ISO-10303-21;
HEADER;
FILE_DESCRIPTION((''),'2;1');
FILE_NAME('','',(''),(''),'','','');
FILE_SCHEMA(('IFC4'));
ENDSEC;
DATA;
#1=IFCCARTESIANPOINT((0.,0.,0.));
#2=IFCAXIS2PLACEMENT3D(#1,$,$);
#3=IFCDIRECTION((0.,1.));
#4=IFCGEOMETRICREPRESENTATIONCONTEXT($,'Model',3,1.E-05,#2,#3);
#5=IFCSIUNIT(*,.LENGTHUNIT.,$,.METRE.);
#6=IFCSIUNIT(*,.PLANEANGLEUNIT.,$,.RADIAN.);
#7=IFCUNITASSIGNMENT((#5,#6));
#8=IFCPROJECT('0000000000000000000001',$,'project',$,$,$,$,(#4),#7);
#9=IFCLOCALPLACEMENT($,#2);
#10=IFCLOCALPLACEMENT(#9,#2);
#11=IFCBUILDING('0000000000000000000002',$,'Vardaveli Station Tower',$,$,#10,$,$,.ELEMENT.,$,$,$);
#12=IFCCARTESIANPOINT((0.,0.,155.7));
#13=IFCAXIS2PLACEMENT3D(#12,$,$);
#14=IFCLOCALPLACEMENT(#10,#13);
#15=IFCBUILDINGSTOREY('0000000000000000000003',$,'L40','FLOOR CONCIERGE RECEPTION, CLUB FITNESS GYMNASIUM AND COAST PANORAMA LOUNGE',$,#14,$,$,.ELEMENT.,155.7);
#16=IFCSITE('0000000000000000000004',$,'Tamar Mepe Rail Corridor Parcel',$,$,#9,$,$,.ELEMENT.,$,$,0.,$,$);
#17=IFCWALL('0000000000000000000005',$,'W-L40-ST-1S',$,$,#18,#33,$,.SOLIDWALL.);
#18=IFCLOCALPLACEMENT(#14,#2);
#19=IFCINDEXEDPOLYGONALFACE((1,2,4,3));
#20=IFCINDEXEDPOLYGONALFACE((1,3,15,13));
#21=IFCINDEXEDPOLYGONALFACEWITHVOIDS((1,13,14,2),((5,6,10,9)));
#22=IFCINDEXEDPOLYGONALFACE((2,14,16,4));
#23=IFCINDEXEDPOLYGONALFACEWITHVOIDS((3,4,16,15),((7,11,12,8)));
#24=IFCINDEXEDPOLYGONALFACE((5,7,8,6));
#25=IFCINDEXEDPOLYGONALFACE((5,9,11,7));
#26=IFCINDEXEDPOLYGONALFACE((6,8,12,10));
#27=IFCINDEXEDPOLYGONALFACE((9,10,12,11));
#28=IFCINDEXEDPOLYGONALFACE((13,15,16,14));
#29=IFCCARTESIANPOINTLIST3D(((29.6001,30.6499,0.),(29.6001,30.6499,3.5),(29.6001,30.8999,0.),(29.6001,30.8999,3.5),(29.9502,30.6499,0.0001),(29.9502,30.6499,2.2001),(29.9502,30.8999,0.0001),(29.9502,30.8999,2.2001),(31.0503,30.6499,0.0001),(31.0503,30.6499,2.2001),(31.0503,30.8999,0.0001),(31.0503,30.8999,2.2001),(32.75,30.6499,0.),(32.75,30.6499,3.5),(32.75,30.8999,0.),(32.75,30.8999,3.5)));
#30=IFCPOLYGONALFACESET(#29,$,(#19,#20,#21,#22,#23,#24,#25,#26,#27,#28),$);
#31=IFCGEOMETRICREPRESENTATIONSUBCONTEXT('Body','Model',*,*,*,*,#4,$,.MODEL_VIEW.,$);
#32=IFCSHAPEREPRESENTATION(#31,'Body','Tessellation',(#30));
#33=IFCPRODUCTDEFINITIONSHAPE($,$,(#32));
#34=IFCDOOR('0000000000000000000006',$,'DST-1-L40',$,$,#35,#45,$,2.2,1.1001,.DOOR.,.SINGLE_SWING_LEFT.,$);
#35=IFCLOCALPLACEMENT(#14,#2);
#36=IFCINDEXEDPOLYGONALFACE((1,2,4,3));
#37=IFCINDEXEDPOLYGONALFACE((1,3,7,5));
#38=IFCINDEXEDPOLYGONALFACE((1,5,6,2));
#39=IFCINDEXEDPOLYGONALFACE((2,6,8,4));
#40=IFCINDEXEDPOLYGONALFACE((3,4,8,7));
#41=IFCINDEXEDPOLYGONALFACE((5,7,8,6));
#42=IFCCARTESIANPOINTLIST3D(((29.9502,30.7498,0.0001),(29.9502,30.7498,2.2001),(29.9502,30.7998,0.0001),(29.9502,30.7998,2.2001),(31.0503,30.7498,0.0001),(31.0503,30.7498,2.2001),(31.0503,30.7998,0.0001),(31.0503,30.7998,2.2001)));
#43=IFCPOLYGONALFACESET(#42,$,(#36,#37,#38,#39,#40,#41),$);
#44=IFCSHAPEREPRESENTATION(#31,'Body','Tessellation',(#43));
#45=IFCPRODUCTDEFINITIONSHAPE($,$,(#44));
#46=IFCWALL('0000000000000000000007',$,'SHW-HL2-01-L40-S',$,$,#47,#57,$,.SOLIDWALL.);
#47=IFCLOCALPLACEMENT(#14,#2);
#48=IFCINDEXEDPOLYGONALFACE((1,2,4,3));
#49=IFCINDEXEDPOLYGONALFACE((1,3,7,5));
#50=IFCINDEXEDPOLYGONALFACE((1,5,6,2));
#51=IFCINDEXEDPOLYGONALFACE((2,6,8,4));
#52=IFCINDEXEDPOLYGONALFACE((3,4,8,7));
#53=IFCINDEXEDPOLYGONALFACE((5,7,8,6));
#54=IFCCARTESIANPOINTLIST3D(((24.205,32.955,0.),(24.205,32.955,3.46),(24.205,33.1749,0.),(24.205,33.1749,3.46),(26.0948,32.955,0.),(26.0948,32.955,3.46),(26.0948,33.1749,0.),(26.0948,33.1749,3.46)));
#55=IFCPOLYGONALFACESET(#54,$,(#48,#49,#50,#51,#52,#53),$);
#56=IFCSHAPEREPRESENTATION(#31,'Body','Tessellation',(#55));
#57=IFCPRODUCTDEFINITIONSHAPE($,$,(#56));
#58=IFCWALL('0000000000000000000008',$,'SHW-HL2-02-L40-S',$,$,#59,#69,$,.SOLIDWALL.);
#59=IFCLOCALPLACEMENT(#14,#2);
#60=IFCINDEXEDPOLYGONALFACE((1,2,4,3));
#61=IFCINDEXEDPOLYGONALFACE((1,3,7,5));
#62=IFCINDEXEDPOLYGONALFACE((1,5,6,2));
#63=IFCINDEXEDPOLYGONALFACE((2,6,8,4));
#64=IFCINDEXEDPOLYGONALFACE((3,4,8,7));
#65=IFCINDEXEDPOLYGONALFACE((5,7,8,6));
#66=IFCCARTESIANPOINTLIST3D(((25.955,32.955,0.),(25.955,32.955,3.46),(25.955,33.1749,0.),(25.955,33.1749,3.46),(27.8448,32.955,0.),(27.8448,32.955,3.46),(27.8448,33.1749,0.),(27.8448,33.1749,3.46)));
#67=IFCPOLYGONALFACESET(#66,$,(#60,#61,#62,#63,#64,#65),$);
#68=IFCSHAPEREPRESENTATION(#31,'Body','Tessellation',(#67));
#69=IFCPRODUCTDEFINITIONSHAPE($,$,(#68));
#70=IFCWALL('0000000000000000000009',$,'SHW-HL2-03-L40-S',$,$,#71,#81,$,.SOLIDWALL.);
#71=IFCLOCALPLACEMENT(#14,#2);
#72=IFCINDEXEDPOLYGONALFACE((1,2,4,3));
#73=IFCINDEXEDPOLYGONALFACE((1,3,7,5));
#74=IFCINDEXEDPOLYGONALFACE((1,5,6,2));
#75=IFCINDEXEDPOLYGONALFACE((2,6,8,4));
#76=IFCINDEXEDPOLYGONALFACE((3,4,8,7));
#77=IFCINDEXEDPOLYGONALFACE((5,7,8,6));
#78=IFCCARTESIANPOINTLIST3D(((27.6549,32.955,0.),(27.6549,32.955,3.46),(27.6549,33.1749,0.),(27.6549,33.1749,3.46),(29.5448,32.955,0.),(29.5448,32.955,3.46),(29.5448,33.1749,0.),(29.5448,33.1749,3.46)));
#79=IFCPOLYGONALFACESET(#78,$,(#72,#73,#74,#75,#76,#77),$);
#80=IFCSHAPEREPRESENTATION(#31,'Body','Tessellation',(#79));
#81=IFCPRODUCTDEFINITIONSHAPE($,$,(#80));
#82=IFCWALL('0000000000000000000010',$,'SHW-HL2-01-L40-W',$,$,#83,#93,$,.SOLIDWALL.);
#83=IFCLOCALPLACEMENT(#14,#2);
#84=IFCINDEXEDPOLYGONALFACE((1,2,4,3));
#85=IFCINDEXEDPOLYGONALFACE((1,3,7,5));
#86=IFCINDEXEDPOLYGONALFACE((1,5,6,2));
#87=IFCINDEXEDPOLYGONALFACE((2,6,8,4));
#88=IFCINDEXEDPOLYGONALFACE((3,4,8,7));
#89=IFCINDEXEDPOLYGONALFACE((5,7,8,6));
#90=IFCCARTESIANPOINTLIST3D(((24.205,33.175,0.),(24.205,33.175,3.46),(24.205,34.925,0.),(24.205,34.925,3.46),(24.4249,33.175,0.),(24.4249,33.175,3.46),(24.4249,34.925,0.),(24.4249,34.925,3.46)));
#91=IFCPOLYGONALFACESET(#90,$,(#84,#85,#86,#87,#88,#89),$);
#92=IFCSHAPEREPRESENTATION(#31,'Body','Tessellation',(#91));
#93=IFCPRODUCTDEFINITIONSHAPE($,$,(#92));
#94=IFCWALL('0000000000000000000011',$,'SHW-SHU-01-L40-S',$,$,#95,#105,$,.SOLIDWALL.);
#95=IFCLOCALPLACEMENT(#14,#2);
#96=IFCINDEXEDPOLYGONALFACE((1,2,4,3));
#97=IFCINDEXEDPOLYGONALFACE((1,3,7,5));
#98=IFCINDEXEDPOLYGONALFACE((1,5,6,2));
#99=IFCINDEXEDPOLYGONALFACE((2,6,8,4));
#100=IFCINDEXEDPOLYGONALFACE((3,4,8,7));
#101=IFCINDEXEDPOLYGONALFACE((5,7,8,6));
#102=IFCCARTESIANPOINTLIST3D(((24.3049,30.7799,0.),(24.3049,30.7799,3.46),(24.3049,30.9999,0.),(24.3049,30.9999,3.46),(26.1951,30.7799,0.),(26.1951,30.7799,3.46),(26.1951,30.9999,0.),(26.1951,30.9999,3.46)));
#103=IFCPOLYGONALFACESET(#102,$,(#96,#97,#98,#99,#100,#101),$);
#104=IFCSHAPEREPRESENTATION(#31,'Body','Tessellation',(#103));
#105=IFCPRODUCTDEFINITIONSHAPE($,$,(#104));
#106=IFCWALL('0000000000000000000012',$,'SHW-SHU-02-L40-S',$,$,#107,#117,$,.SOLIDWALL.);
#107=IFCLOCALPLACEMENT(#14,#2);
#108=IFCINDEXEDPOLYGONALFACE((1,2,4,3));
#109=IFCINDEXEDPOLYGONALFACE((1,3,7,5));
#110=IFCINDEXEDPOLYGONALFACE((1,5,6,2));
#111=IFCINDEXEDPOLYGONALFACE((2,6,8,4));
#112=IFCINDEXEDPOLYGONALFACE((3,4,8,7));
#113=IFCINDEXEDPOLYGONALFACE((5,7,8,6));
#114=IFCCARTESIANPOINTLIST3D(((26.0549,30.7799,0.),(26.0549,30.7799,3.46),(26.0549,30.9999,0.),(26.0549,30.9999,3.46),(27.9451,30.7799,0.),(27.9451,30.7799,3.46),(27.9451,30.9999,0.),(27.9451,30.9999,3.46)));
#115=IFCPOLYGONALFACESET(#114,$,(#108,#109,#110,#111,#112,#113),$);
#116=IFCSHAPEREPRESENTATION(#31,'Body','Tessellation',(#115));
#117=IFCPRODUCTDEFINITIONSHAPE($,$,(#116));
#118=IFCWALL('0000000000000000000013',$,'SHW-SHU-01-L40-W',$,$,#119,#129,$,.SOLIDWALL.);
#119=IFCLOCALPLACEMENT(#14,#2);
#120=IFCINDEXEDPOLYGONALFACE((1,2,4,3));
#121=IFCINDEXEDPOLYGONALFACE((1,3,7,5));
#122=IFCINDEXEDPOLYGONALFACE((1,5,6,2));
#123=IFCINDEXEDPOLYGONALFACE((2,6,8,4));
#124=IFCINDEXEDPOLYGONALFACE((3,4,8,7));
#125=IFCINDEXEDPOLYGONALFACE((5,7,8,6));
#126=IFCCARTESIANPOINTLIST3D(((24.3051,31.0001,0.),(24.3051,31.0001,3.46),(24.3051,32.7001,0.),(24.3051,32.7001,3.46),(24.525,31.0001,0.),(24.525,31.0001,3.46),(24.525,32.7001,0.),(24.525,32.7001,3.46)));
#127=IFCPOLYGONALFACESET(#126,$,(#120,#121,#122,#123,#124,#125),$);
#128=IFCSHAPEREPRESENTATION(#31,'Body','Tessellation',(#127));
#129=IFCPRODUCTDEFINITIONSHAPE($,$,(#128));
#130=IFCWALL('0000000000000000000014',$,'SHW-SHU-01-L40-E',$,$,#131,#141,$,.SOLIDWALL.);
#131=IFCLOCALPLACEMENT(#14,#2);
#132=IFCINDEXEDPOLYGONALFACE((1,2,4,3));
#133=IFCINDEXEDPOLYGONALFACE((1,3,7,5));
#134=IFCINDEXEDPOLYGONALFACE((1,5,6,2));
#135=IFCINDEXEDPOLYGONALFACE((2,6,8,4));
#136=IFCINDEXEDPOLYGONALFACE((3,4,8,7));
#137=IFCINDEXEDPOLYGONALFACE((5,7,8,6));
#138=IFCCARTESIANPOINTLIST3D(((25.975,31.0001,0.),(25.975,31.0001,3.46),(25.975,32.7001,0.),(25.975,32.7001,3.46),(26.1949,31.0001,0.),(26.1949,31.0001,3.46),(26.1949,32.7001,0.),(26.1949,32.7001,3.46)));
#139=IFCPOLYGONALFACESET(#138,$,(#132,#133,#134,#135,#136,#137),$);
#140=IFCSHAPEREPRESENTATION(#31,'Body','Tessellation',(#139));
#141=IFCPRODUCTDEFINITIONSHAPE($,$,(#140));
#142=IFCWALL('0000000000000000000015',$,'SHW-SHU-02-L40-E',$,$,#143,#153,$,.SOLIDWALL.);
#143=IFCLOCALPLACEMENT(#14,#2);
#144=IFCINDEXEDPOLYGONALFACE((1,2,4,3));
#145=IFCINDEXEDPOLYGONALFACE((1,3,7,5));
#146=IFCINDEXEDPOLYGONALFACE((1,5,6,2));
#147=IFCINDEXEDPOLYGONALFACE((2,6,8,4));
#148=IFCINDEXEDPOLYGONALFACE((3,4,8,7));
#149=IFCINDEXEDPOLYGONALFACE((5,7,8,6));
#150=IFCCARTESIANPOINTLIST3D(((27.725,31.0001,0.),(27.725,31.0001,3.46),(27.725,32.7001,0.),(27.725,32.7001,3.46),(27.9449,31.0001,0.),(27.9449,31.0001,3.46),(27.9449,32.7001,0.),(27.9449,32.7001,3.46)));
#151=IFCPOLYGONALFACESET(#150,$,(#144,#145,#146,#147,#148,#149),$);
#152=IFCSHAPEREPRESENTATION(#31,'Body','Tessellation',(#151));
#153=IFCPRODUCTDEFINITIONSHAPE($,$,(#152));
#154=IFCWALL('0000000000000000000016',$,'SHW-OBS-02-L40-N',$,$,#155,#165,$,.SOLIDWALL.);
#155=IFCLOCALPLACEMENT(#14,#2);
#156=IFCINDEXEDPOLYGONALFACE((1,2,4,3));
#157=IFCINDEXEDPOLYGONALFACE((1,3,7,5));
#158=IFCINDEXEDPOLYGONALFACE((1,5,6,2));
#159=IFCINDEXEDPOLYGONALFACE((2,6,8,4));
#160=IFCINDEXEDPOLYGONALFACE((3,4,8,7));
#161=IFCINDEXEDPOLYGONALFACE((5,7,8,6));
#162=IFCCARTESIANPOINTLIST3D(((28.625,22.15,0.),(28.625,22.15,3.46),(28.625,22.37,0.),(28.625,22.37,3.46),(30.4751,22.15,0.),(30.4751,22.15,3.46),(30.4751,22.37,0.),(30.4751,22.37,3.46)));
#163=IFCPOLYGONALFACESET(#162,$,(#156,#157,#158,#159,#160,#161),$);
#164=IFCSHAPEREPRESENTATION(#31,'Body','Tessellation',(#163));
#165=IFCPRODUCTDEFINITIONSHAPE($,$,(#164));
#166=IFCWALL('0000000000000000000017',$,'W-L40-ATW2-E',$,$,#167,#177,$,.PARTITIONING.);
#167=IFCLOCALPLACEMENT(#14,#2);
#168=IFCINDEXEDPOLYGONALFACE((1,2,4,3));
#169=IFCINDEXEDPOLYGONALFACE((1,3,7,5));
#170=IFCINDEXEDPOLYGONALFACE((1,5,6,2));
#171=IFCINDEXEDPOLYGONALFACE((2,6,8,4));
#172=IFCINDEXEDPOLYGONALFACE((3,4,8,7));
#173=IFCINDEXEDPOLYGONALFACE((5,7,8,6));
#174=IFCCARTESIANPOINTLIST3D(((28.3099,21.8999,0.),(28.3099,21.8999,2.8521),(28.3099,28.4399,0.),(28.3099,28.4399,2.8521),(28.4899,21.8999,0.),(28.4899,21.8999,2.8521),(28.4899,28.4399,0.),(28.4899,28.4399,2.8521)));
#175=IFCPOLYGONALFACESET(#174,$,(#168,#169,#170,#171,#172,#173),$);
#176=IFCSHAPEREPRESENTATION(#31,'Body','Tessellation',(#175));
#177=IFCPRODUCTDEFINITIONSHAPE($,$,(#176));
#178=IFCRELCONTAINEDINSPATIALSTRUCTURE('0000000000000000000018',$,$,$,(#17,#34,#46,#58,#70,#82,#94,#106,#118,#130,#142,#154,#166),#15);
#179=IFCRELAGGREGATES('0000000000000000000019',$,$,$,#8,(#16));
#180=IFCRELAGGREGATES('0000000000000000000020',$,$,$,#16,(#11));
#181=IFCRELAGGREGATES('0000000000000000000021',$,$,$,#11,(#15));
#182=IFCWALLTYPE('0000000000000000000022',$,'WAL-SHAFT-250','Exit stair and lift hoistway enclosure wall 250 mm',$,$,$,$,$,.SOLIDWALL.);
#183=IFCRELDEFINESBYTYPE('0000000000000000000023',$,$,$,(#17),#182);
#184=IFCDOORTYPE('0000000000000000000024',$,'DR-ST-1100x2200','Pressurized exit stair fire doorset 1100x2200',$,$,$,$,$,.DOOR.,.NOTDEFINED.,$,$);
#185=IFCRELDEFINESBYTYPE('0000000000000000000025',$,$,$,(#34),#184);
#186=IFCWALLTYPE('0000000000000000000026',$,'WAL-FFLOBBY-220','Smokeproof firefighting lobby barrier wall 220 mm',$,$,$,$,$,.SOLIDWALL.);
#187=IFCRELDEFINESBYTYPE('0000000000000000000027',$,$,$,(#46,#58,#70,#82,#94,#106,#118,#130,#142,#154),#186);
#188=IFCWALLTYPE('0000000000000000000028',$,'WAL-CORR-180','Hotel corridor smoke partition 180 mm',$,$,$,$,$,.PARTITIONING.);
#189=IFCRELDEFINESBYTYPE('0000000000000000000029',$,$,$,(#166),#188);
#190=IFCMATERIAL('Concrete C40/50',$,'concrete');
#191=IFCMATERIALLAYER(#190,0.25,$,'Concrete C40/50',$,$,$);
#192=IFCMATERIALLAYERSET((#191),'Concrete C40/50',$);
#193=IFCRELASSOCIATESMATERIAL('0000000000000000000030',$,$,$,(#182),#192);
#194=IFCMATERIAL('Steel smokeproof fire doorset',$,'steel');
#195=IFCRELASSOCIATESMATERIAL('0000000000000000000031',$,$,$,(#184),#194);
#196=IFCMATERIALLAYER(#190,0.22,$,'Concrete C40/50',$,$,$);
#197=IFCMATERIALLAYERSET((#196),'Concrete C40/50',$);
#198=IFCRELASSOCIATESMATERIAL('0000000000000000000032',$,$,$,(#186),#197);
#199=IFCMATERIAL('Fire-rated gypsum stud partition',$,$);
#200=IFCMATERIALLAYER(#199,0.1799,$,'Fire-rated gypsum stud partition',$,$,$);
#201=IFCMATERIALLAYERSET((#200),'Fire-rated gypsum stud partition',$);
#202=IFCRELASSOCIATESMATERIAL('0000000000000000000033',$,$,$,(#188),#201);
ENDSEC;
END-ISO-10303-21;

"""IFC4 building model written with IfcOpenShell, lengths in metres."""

from ifc_helpers import new_model, si_unit, direction, frame, frame_2d, origin, place, context, subcontext, project, spatial, rectangle, extrude, source, transform, mapped, material, layer, layer_set, type_object, element, fill, save


model = new_model("IFC4")

# Units and contexts
model_context = context("Model", 3, precision=1e-05, world=origin(), true_north=direction((0.0, 1.0)))
body_context = subcontext(model_context, "Body", "Model", "MODEL_VIEW")
ifc_project = project(units=[si_unit("LENGTHUNIT", "METRE"), si_unit("PLANEANGLEUNIT", "RADIAN")], contexts=[model_context])

# Site, building, storey
site_placement = place(None, origin())
site = spatial("IfcSite", under=ifc_project, at=site_placement, Name="Tamar Mepe Rail Corridor Parcel", CompositionType="ELEMENT", RefElevation=0.0)
building_placement = place(site_placement, origin())
building = spatial("IfcBuilding", under=site, at=building_placement, Name="Vardaveli Station Tower", CompositionType="ELEMENT")
storey_placement = place(building_placement, frame((0.0, 0.0, 155.7)))
storey = spatial("IfcBuildingStorey", under=building, at=storey_placement, Name="L40", Description="FLOOR CONCIERGE RECEPTION, CLUB FITNESS GYMNASIUM AND COAST PANORAMA LOUNGE", CompositionType="ELEMENT", Elevation=155.7)

# Shared definitions
ifc_material_1 = material(Name="Concrete C40/50", Category="concrete")
ifc_layer_1 = layer(ifc_material_1, 0.25, Name="Concrete C40/50")
ifc_layer_set_1 = layer_set([ifc_layer_1], Name="Concrete C40/50")
wall_type_1 = type_object("IfcWallType", Name="WAL-SHAFT-250", Description="Exit stair and lift hoistway enclosure wall 250 mm", PredefinedType="SOLIDWALL", material=ifc_layer_set_1)

# Wall, opening, door
shared_shape_1 = source(origin(), body_context, "Body", "SweptSolid", [
    extrude(rectangle(XDim=3.1499, YDim=0.25, at=frame_2d((1.575, 0.0))), origin(), (0.0, 0.0, 1.0), 3.5),
])
wall_1_placement = place(storey_placement, frame((29.6001, 30.7749, 0.0), z_axis=(0.0, 0.0, 1.0), x_axis=(1.0, 0.0, 0.0)))
wall_1 = element("IfcWall", 1, at=wall_1_placement, inside=storey, type_object=wall_type_1, Name="W-L40-ST-1S", PredefinedType="SOLIDWALL", context=body_context, shape_type="MappedRepresentation", body=[
    mapped(shared_shape_1, transform((0.0, 0.0, 0.0), scale=1.0)),
])
shared_shape_2 = source(origin(), body_context, "Body", "SweptSolid", [
    extrude(rectangle(XDim=1.1001, YDim=2.2, at=frame_2d((0.55, 1.1001))), frame((0.0, 0.135, 0.0), z_axis=(0.0, -1.0, 0.0), x_axis=(1.0, 0.0, 0.0)), (0.0, 0.0, 1.0), 0.27),
])
opening_1_placement = place(wall_1_placement, frame((0.3501, 0.0, 0.0)))
opening_1 = element("IfcOpeningElement", 2, at=opening_1_placement, cuts=wall_1, PredefinedType="OPENING", context=body_context, shape_type="MappedRepresentation", body=[
    mapped(shared_shape_2, transform((0.0, 0.0, 0.0), scale=1.0)),
])
ifc_material_2 = material(Name="Steel smokeproof fire doorset", Category="steel")
door_type_1 = type_object("IfcDoorType", Name="DR-ST-1100x2200", Description="Pressurized exit stair fire doorset 1100x2200", OperationType="NOTDEFINED", PredefinedType="DOOR", material=ifc_material_2)
shared_shape_3 = source(origin(), body_context, "Body", "SweptSolid", [
    extrude(rectangle(XDim=1.1001, YDim=2.2, at=frame_2d((0.55, 1.1001))), frame((0.0, 0.0249, 0.0), z_axis=(0.0, -1.0, 0.0), x_axis=(1.0, 0.0, 0.0)), (0.0, 0.0, 1.0), 0.05),
])
door_1_placement = place(opening_1_placement, origin())
door_1 = element("IfcDoor", 3, at=door_1_placement, inside=storey, type_object=door_type_1, Name="DST-1-L40", OperationType="SINGLE_SWING_LEFT", OverallHeight=2.2, OverallWidth=1.1001, PredefinedType="DOOR", context=body_context, shape_type="MappedRepresentation", body=[
    mapped(shared_shape_3, transform((0.0, 0.0, 0.0), scale=1.0)),
])
fill(opening_1, door_1)

# Walls
ifc_layer_2 = layer(ifc_material_1, 0.22, Name="Concrete C40/50")
ifc_layer_set_2 = layer_set([ifc_layer_2], Name="Concrete C40/50")
wall_type_2 = type_object("IfcWallType", Name="WAL-FFLOBBY-220", Description="Smokeproof firefighting lobby barrier wall 220 mm", PredefinedType="SOLIDWALL", material=ifc_layer_set_2)
shared_shape_4 = source(origin(), body_context, "Body", "SweptSolid", [
    extrude(rectangle(XDim=1.8899, YDim=0.22, at=frame_2d((0.9448, 0.0))), origin(), (0.0, 0.0, 1.0), 3.46),
])
for number, where, z_axis, x_axis, name in (
    (4, (24.2051, 33.0649, 0.0), (0.0, 0.0, 1.0), (1.0, 0.0, 0.0), "SHW-HL2-01-L40-S"),
    (5, (25.9551, 33.0649, 0.0), (0.0, 0.0, 1.0), (1.0, 0.0, 0.0), "SHW-HL2-02-L40-S"),
    (6, (27.655, 33.0649, 0.0), (0.0, 0.0, 1.0), (1.0, 0.0, 0.0), "SHW-HL2-03-L40-S"),
):
    element("IfcWall", number, at=place(storey_placement, frame(where, z_axis=z_axis, x_axis=x_axis)), inside=storey, type_object=wall_type_2, Name=name, PredefinedType="SOLIDWALL", context=body_context, shape_type="MappedRepresentation", body=[
        mapped(shared_shape_4, transform((0.0, 0.0, 0.0), scale=1.0)),
    ])
shared_shape_5 = source(origin(), body_context, "Body", "SweptSolid", [
    extrude(rectangle(XDim=1.75, YDim=0.22, at=frame_2d((0.875, 0.0))), origin(), (0.0, 0.0, 1.0), 3.46),
])
wall_2_placement = place(storey_placement, frame((24.3149, 33.175, 0.0), z_axis=(0.0, 0.0, 1.0), x_axis=(0.0, 1.0, 0.0)))
element("IfcWall", 7, at=wall_2_placement, inside=storey, type_object=wall_type_2, Name="SHW-HL2-01-L40-W", PredefinedType="SOLIDWALL", context=body_context, shape_type="MappedRepresentation", body=[
    mapped(shared_shape_5, transform((0.0, 0.0, 0.0), scale=1.0)),
])
shared_shape_6 = source(origin(), body_context, "Body", "SweptSolid", [
    extrude(rectangle(XDim=1.8901, YDim=0.22, at=frame_2d((0.9451, 0.0))), origin(), (0.0, 0.0, 1.0), 3.46),
])
for number, where, z_axis, x_axis, name in (
    (8, (24.3049, 30.8899, 0.0), (0.0, 0.0, 1.0), (1.0, 0.0, 0.0), "SHW-SHU-01-L40-S"),
    (9, (26.0549, 30.8899, 0.0), (0.0, 0.0, 1.0), (1.0, 0.0, 0.0), "SHW-SHU-02-L40-S"),
):
    element("IfcWall", number, at=place(storey_placement, frame(where, z_axis=z_axis, x_axis=x_axis)), inside=storey, type_object=wall_type_2, Name=name, PredefinedType="SOLIDWALL", context=body_context, shape_type="MappedRepresentation", body=[
        mapped(shared_shape_6, transform((0.0, 0.0, 0.0), scale=1.0)),
    ])
shared_shape_7 = source(origin(), body_context, "Body", "SweptSolid", [
    extrude(rectangle(XDim=1.7, YDim=0.22, at=frame_2d((0.8501, 0.0))), origin(), (0.0, 0.0, 1.0), 3.46),
])
for number, where, z_axis, x_axis, name in (
    (10, (24.415, 31.0, 0.0), (0.0, 0.0, 1.0), (0.0, 1.0, 0.0), "SHW-SHU-01-L40-W"),
    (11, (26.085, 31.0, 0.0), (0.0, 0.0, 1.0), (0.0, 1.0, 0.0), "SHW-SHU-01-L40-E"),
    (12, (27.835, 31.0, 0.0), (0.0, 0.0, 1.0), (0.0, 1.0, 0.0), "SHW-SHU-02-L40-E"),
):
    element("IfcWall", number, at=place(storey_placement, frame(where, z_axis=z_axis, x_axis=x_axis)), inside=storey, type_object=wall_type_2, Name=name, PredefinedType="SOLIDWALL", context=body_context, shape_type="MappedRepresentation", body=[
        mapped(shared_shape_7, transform((0.0, 0.0, 0.0), scale=1.0)),
    ])
shared_shape_8 = source(origin(), body_context, "Body", "SweptSolid", [
    extrude(rectangle(XDim=1.8501, YDim=0.22, at=frame_2d((0.925, 0.0))), origin(), (0.0, 0.0, 1.0), 3.46),
])
wall_3_placement = place(storey_placement, frame((28.625, 22.26, 0.0), z_axis=(0.0, 0.0, 1.0), x_axis=(1.0, 0.0, 0.0)))
element("IfcWall", 13, at=wall_3_placement, inside=storey, type_object=wall_type_2, Name="SHW-OBS-02-L40-N", PredefinedType="SOLIDWALL", context=body_context, shape_type="MappedRepresentation", body=[
    mapped(shared_shape_8, transform((0.0, 0.0, 0.0), scale=1.0)),
])
ifc_material_3 = material(Name="Fire-rated gypsum stud partition")
ifc_layer_3 = layer(ifc_material_3, 0.1799, Name="Fire-rated gypsum stud partition")
ifc_layer_set_3 = layer_set([ifc_layer_3], Name="Fire-rated gypsum stud partition")
wall_type_3 = type_object("IfcWallType", Name="WAL-CORR-180", Description="Hotel corridor smoke partition 180 mm", PredefinedType="PARTITIONING", material=ifc_layer_set_3)
shared_shape_9 = source(origin(), body_context, "Body", "SweptSolid", [
    extrude(rectangle(XDim=6.54, YDim=0.1799, at=frame_2d((3.27, 0.0))), origin(), (0.0, 0.0, 1.0), 2.8521),
])
wall_4_placement = place(storey_placement, frame((28.3999, 21.8999, 0.0), z_axis=(0.0, 0.0, 1.0), x_axis=(0.0, 1.0, 0.0)))
element("IfcWall", 14, at=wall_4_placement, inside=storey, type_object=wall_type_3, Name="W-L40-ATW2-E", PredefinedType="PARTITIONING", context=body_context, shape_type="MappedRepresentation", body=[
    mapped(shared_shape_9, transform((0.0, 0.0, 0.0), scale=1.0)),
])

save(model, "model.ifc")
